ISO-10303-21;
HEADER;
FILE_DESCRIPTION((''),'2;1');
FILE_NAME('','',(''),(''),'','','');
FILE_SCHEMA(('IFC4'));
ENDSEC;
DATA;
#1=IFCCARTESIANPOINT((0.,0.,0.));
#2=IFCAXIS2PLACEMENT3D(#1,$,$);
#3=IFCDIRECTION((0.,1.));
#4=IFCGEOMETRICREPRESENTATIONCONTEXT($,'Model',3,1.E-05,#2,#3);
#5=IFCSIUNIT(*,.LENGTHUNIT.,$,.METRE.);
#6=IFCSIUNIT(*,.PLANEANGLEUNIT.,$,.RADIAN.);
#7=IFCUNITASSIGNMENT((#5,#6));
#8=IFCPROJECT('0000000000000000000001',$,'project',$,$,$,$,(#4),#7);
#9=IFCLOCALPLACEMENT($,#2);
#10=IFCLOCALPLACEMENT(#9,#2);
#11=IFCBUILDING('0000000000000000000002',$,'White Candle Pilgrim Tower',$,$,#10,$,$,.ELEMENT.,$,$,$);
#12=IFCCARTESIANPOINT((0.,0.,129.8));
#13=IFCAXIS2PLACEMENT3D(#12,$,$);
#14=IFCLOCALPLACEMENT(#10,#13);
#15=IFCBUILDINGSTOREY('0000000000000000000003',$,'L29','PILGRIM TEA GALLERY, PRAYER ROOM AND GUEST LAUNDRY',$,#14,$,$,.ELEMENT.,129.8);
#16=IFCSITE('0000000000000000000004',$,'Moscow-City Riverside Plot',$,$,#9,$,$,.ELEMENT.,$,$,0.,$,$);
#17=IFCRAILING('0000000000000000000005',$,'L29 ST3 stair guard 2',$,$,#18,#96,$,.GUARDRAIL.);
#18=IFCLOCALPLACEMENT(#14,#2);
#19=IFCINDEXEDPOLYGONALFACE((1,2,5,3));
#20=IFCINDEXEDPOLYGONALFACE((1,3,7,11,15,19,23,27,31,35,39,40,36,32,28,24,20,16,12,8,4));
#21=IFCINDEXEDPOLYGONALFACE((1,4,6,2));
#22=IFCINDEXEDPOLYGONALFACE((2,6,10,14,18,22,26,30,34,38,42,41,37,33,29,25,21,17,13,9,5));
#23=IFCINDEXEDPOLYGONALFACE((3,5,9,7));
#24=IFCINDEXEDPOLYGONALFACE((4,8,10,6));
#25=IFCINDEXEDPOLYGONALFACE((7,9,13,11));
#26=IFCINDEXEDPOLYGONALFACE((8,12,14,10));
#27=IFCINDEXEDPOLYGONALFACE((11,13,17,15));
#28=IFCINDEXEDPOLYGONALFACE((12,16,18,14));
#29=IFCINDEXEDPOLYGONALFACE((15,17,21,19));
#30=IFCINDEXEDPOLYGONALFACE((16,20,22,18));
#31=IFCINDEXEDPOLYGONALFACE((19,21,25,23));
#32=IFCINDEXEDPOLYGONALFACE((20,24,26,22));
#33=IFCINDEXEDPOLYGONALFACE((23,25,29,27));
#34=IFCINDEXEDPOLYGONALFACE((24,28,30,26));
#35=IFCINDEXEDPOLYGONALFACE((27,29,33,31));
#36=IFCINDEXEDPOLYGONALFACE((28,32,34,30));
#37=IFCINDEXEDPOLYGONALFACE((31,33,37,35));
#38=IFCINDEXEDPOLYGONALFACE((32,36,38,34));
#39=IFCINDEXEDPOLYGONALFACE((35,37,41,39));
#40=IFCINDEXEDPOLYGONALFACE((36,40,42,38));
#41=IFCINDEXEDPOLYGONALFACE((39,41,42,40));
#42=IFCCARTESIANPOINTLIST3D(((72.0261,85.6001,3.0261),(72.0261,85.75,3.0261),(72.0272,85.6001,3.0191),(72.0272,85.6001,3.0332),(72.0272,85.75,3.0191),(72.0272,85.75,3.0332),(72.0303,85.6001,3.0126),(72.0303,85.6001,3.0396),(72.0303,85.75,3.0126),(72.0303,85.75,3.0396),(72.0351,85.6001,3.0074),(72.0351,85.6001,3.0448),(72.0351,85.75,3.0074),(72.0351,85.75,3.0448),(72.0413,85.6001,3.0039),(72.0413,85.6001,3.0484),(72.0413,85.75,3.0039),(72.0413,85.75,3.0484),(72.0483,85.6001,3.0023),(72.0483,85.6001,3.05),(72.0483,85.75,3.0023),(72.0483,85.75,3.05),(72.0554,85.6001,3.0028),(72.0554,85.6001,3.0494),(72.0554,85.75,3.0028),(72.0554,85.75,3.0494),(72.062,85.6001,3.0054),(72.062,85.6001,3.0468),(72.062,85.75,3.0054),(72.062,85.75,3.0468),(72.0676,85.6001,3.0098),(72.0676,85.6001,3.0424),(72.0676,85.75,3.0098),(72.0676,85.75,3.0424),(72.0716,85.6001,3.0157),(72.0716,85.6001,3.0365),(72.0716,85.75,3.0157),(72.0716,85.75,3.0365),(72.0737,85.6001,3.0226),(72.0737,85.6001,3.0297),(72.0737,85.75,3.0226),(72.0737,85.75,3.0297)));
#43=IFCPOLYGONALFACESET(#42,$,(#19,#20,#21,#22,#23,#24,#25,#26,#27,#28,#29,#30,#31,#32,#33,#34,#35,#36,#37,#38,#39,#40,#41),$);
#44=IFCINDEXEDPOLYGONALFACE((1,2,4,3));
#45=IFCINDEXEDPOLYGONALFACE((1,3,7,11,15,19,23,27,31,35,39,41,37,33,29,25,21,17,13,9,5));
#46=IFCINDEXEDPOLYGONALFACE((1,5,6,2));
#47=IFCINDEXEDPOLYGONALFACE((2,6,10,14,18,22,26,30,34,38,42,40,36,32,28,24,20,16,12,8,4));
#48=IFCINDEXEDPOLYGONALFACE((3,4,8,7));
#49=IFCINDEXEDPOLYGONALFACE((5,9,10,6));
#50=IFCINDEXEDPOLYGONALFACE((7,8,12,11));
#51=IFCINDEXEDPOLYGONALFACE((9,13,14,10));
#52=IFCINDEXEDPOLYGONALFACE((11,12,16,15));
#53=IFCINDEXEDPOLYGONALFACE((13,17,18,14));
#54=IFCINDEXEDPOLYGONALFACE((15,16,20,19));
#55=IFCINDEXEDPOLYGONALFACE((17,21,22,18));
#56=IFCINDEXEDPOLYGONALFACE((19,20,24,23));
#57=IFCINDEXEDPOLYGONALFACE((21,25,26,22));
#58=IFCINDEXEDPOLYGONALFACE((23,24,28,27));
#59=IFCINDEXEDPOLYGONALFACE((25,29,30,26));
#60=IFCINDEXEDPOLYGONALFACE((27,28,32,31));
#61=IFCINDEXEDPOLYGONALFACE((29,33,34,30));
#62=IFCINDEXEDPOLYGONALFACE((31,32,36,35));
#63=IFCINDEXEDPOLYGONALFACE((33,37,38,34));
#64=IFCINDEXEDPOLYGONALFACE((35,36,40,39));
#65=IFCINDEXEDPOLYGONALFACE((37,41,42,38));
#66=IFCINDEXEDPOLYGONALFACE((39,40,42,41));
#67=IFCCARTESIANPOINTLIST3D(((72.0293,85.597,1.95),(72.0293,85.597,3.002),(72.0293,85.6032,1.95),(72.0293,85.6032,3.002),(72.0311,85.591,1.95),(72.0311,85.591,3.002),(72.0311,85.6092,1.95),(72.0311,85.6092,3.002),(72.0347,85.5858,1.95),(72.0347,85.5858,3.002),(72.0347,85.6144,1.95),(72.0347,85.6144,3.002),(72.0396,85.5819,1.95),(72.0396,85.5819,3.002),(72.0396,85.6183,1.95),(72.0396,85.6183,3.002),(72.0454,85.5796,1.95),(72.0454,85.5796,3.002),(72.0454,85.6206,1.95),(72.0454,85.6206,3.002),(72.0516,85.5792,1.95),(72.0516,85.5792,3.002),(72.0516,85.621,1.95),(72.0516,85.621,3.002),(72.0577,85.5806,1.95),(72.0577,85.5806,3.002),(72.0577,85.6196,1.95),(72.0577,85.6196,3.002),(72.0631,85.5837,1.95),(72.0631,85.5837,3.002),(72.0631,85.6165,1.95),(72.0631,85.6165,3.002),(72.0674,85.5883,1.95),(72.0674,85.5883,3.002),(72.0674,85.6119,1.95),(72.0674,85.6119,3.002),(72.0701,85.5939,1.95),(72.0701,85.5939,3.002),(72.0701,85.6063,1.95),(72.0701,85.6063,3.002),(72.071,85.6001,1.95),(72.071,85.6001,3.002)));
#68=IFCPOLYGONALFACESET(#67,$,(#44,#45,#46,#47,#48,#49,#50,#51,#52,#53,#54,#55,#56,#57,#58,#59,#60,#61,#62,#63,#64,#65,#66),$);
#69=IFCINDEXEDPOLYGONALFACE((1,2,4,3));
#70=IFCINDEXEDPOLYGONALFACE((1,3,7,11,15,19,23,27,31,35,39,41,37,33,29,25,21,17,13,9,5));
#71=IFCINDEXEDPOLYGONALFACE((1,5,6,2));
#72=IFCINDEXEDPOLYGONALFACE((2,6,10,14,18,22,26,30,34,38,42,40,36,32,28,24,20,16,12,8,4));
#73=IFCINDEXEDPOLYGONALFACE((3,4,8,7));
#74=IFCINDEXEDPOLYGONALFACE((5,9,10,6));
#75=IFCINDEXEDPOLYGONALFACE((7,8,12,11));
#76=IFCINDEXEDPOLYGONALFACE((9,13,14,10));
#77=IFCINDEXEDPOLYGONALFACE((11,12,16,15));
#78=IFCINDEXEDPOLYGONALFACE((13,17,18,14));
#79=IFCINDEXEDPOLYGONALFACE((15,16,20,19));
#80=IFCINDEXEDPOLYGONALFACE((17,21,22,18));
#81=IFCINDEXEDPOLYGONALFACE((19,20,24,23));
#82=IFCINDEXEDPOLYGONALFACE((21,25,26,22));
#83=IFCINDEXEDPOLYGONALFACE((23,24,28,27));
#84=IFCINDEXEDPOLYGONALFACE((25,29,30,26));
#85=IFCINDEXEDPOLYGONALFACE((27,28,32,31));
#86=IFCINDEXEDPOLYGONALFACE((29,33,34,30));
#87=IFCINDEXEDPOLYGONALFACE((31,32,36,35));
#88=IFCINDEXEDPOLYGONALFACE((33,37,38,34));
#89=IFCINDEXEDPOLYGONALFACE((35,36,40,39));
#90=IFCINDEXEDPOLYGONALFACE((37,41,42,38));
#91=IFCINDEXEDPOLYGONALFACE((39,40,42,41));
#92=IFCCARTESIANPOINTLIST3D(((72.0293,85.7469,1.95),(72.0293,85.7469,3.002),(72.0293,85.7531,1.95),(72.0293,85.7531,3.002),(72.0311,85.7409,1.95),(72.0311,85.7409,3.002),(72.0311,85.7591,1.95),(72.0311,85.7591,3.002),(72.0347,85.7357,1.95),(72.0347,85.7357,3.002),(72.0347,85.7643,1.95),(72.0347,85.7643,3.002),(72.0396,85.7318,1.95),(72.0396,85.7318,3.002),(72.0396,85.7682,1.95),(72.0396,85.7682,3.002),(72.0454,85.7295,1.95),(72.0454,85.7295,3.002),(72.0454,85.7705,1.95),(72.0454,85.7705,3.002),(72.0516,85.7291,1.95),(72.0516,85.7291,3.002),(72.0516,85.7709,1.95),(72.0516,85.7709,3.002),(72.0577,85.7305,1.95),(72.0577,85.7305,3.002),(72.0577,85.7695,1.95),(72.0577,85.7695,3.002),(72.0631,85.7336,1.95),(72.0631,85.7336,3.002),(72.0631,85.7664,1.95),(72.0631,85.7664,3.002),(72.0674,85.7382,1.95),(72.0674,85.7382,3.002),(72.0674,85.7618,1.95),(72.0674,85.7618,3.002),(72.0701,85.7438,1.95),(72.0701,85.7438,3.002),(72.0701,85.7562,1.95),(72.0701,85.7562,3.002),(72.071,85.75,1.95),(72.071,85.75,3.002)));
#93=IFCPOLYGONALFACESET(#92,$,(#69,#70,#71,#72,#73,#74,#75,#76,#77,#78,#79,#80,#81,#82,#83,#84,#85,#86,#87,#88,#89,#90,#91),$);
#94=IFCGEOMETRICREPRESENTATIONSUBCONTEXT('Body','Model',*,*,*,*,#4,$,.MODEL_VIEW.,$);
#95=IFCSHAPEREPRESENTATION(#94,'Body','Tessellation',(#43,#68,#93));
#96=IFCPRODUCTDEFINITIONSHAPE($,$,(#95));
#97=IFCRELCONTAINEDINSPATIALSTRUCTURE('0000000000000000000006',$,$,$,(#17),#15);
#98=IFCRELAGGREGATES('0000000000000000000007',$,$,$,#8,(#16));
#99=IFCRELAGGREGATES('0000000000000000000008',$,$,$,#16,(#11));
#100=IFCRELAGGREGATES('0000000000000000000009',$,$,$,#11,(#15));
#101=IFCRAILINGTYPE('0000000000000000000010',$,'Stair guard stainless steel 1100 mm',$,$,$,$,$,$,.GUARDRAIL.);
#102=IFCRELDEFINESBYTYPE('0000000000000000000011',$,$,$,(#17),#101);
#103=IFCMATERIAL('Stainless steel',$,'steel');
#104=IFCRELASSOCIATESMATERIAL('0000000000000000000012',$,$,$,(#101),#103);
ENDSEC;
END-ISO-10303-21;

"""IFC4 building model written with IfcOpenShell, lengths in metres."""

from ifc_helpers import new_model, si_unit, direction, frame, origin, origin_2d, place, context, subcontext, project, spatial, circle, extrude, material, type_object, element, save


model = new_model("IFC4")

# Units and contexts
model_context = context("Model", 3, precision=1e-05, world=origin(), true_north=direction((0.0, 1.0)))
body_context = subcontext(model_context, "Body", "Model", "MODEL_VIEW")
ifc_project = project(units=[si_unit("LENGTHUNIT", "METRE"), si_unit("PLANEANGLEUNIT", "RADIAN")], contexts=[model_context])

# Site, building, storey
site_placement = place(None, origin())
site = spatial("IfcSite", under=ifc_project, at=site_placement, Name="Moscow-City Riverside Plot", CompositionType="ELEMENT", RefElevation=0.0)
building_placement = place(site_placement, origin())
building = spatial("IfcBuilding", under=site, at=building_placement, Name="White Candle Pilgrim Tower", CompositionType="ELEMENT")
storey_placement = place(building_placement, frame((0.0, 0.0, 129.8)))
storey = spatial("IfcBuildingStorey", under=building, at=storey_placement, Name="L29", Description="PILGRIM TEA GALLERY, PRAYER ROOM AND GUEST LAUNDRY", CompositionType="ELEMENT", Elevation=129.8)

# Railing
ifc_material_1 = material(Name="Stainless steel", Category="steel")
railing_type_1 = type_object("IfcRailingType", Name="Stair guard stainless steel 1100 mm", PredefinedType="GUARDRAIL", material=ifc_material_1)
railing_1_placement = place(storey_placement, frame((72.05, 85.6001, 1.95)))
element("IfcRailing", 1, at=railing_1_placement, inside=storey, type_object=railing_type_1, Name="L29 ST3 stair guard 2", PredefinedType="GUARDRAIL", context=body_context, shape_type="SweptSolid", body=[
    extrude(circle(Radius=0.0239, at=origin_2d()), frame((0.0, 0.0, 1.0762), z_axis=(0.0, 1.0, 0.0), x_axis=(-1.0, 0.0, 0.0)), (0.0, 0.0, 1.0), 0.1499),
    extrude(circle(Radius=0.021, at=origin_2d()), origin(), (0.0, 0.0, 1.0), 1.052),
    extrude(circle(Radius=0.021, at=origin_2d()), frame((0.0, 0.1499, 0.0)), (0.0, 0.0, 1.0), 1.052),
])

save(model, "model.ifc")
